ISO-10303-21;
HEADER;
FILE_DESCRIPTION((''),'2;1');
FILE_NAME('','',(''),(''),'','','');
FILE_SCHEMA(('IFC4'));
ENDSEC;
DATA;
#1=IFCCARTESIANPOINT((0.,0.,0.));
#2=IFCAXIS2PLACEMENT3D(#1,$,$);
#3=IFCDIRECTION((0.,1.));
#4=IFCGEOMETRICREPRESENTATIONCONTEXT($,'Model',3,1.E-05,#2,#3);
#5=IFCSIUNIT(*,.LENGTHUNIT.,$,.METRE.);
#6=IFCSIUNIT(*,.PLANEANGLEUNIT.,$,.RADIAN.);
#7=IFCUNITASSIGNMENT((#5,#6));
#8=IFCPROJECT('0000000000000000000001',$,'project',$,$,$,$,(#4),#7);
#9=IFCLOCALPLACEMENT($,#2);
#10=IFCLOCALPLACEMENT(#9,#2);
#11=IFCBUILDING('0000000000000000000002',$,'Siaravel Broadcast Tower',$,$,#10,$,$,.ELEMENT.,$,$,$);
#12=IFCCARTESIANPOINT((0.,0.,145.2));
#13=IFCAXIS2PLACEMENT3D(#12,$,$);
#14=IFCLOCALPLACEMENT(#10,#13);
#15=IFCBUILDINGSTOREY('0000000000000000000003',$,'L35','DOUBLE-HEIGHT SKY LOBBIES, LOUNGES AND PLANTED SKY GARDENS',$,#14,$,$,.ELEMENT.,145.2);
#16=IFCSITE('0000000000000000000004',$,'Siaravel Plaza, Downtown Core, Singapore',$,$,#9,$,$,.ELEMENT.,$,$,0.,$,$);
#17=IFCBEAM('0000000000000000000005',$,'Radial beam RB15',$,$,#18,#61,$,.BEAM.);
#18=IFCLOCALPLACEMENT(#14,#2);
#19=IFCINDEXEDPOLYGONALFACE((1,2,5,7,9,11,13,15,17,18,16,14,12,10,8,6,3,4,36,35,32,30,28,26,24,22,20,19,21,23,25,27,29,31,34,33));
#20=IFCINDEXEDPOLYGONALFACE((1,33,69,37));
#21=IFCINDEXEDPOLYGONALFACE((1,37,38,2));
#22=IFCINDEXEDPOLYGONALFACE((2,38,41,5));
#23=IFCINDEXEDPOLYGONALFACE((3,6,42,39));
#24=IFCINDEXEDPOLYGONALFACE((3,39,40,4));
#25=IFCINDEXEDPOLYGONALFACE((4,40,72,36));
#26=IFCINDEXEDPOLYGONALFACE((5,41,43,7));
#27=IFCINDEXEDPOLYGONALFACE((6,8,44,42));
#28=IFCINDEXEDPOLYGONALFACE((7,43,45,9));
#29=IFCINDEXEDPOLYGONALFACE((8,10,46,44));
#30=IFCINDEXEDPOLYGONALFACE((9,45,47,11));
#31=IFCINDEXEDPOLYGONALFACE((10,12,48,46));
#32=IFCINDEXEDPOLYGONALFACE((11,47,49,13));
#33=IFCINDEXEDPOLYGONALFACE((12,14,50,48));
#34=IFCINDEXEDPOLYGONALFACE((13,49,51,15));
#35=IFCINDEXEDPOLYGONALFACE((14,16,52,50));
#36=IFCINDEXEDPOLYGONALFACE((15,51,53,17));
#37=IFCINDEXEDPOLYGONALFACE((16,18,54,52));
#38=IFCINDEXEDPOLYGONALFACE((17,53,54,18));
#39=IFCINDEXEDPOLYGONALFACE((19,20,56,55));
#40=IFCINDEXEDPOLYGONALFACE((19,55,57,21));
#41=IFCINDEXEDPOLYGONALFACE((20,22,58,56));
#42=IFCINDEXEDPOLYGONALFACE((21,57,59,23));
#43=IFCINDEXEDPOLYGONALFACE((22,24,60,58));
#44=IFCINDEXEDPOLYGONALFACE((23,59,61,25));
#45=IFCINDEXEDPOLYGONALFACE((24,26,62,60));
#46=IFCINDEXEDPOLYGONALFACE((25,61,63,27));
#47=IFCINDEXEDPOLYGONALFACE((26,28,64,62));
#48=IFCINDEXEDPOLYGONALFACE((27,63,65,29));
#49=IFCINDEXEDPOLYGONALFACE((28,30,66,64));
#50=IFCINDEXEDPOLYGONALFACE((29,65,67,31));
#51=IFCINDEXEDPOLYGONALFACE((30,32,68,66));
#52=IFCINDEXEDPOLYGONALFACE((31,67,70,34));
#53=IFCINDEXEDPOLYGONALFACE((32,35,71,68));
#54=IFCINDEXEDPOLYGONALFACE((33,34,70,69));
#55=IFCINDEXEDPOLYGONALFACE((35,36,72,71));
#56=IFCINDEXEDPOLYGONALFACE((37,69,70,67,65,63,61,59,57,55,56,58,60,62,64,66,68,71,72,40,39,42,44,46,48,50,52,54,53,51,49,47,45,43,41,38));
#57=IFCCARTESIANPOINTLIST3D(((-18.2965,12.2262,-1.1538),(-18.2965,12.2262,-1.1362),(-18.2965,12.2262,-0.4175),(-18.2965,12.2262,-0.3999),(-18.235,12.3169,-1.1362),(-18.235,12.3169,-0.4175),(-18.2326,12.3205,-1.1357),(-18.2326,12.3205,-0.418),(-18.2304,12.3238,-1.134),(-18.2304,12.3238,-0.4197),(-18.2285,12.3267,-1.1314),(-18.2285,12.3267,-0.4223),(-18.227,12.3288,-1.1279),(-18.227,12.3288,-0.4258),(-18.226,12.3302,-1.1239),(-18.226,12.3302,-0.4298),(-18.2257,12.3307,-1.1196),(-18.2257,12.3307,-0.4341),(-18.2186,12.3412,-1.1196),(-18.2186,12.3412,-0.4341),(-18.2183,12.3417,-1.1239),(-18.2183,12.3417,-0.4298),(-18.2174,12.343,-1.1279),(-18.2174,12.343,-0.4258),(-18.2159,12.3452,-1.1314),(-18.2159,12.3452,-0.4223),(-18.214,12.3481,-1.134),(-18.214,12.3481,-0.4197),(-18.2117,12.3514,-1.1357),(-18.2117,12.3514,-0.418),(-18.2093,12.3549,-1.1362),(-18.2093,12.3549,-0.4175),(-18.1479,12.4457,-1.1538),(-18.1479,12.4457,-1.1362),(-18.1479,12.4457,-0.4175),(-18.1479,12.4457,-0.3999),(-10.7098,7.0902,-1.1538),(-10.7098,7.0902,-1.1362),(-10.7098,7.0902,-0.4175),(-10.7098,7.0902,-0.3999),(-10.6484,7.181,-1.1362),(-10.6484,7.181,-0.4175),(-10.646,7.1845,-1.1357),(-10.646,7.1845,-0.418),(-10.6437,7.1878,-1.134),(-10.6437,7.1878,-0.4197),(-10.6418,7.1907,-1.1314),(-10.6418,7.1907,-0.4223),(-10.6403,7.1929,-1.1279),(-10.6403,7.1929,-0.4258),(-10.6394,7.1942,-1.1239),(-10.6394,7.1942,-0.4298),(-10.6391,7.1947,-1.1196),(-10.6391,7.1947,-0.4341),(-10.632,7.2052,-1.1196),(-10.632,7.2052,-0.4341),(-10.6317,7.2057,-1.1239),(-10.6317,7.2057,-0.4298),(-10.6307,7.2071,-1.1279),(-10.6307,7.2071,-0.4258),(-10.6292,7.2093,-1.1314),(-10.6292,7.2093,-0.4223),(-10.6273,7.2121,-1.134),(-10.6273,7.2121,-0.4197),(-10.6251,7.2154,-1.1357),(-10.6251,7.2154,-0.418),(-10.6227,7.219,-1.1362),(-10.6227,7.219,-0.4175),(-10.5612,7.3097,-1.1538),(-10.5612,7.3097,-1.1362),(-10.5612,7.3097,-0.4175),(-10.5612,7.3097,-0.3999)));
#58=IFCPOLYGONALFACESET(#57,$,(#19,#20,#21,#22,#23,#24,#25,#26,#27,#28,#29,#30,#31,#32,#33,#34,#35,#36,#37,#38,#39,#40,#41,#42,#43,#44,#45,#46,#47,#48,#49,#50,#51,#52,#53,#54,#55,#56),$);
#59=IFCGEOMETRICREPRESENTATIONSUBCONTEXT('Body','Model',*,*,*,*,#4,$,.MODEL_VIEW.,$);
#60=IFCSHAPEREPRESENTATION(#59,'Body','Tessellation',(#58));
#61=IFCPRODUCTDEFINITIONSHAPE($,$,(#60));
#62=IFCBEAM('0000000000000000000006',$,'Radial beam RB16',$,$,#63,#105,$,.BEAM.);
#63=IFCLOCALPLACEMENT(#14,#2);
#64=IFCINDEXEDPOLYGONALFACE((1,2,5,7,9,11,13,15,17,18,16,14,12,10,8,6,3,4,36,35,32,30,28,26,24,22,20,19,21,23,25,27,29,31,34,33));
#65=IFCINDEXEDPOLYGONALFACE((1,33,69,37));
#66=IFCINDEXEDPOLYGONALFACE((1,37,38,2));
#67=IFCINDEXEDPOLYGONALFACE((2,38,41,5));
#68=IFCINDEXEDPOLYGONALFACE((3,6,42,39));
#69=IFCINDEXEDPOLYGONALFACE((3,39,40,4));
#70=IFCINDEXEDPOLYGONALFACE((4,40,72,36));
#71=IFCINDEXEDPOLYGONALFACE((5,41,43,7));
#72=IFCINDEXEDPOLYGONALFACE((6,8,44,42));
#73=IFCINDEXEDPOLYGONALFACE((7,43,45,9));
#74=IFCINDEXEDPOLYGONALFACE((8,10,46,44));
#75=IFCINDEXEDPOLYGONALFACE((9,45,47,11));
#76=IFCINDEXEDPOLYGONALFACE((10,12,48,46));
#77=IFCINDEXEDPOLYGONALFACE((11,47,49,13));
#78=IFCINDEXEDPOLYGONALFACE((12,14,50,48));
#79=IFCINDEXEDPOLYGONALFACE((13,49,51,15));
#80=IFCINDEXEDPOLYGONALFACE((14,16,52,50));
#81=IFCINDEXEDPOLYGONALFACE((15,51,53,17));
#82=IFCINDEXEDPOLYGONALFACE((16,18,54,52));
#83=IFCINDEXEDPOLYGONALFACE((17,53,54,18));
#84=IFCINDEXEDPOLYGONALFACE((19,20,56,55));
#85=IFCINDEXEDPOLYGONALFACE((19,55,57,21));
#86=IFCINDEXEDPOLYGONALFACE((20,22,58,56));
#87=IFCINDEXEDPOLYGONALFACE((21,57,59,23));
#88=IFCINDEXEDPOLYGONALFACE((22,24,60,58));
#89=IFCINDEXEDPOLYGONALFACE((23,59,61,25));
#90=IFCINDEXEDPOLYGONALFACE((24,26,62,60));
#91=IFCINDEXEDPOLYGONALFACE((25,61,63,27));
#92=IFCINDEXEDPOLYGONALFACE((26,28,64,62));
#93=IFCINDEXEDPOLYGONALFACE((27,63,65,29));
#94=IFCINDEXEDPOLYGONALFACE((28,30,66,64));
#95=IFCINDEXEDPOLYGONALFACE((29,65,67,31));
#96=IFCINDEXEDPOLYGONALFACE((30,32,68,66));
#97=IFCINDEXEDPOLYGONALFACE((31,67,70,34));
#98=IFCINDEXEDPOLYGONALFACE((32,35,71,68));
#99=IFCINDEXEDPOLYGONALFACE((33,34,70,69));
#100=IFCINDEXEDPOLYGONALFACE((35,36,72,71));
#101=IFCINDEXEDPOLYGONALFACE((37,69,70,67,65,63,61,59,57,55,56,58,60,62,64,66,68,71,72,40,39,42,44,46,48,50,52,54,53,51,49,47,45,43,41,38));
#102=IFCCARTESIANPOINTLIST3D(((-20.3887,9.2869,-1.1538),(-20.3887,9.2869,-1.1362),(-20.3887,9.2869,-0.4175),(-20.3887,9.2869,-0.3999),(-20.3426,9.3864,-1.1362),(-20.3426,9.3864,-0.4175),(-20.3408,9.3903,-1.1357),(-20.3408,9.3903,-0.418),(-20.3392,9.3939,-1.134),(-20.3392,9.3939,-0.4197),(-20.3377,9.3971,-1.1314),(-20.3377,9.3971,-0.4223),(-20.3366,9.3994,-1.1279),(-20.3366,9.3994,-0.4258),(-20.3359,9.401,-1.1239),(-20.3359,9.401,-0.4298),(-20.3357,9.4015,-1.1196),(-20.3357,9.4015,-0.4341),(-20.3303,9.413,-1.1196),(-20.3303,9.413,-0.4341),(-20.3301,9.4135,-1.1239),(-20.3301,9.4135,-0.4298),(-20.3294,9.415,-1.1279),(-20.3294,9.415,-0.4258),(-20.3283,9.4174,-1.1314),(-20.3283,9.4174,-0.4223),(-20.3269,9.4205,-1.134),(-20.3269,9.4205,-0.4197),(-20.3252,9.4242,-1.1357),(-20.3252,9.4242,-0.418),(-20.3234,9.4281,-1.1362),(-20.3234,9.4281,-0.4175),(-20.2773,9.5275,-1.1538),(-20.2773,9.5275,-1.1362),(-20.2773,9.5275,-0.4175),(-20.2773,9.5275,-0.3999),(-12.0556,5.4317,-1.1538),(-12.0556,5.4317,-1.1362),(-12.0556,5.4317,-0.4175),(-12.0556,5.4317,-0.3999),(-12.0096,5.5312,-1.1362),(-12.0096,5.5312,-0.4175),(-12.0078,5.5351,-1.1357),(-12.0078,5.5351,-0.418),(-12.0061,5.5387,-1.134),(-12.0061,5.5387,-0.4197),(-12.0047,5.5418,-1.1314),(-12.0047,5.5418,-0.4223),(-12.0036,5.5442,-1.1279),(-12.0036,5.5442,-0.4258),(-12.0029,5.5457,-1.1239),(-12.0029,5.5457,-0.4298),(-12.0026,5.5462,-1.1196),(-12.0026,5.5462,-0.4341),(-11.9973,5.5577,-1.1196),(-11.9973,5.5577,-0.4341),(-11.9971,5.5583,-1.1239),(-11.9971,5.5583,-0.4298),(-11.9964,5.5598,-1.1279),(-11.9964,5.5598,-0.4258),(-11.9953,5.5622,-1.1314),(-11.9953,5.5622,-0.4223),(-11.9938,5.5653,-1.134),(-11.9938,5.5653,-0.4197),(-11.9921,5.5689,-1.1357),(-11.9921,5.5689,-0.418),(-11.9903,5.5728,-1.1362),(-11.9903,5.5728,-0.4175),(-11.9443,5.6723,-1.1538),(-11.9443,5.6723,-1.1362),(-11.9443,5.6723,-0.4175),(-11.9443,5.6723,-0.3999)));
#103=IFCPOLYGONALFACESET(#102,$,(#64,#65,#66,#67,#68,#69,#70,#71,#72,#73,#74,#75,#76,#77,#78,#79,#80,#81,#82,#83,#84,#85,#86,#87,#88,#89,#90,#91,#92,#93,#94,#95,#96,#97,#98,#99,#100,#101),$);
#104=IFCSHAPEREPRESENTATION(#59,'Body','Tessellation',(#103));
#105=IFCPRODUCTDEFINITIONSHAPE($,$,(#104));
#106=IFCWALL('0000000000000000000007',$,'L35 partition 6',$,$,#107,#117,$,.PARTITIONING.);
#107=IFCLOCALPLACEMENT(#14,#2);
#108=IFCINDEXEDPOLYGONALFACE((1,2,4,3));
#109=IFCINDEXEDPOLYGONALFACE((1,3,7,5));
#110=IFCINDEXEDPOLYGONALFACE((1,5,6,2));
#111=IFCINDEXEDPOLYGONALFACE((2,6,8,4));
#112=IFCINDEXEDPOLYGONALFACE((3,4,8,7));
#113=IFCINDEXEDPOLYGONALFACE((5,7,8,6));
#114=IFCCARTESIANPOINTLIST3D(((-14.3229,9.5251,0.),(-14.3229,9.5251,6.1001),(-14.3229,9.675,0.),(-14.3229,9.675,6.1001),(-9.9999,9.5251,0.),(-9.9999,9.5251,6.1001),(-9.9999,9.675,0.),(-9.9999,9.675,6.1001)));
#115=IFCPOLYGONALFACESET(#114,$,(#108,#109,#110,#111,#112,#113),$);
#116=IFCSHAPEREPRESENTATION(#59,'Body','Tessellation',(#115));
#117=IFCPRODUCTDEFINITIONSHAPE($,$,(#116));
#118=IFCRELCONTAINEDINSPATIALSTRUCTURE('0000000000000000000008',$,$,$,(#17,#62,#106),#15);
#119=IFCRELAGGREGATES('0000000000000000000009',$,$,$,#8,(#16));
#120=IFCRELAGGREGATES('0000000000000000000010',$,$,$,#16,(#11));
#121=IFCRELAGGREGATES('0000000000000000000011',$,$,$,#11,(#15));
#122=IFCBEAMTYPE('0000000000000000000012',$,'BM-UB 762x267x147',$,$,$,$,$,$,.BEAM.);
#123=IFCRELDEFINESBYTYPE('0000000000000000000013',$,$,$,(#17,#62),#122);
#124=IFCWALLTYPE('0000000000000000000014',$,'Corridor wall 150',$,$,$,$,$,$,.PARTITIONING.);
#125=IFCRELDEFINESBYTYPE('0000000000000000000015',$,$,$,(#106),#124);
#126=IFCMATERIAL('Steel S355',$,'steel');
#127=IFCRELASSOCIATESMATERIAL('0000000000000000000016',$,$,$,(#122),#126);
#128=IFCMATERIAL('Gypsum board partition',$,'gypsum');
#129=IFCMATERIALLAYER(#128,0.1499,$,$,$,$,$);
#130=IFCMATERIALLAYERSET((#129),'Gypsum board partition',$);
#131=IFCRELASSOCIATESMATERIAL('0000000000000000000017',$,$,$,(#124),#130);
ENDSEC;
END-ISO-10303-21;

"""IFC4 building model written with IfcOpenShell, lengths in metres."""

from ifc_helpers import new_model, si_unit, direction, frame, frame_2d, origin, origin_2d, place, context, subcontext, project, spatial, rectangle, i_section, extrude, material, layer, layer_set, material_profile, profile_set, type_object, element, save


model = new_model("IFC4")

# Units and contexts
model_context = context("Model", 3, precision=1e-05, world=origin(), true_north=direction((0.0, 1.0)))
body_context = subcontext(model_context, "Body", "Model", "MODEL_VIEW")
ifc_project = project(units=[si_unit("LENGTHUNIT", "METRE"), si_unit("PLANEANGLEUNIT", "RADIAN")], contexts=[model_context])

# Site, building, storey
site_placement = place(None, origin())
site = spatial("IfcSite", under=ifc_project, at=site_placement, Name="Siaravel Plaza, Downtown Core, Singapore", CompositionType="ELEMENT", RefElevation=0.0)
building_placement = place(site_placement, origin())
building = spatial("IfcBuilding", under=site, at=building_placement, Name="Siaravel Broadcast Tower", CompositionType="ELEMENT")
storey_placement = place(building_placement, frame((0.0, 0.0, 145.2)))
storey = spatial("IfcBuildingStorey", under=building, at=storey_placement, Name="L35", Description="DOUBLE-HEIGHT SKY LOBBIES, LOUNGES AND PLANTED SKY GARDENS", CompositionType="ELEMENT", Elevation=145.2)

# Beams
ifc_material_1 = material(Name="Steel S355", Category="steel")
ifc_material_profile_1 = material_profile(ifc_material_1, i_section(OverallWidth=0.2651, OverallDepth=0.7539, WebThickness=0.0127, FlangeThickness=0.0176, FilletRadius=0.0166, at=origin_2d()))
ifc_profile_set_1 = profile_set([ifc_material_profile_1], Name="Steel S355")
beam_type = type_object("IfcBeamType", Name="BM-UB 762x267x147", PredefinedType="BEAM", material=ifc_profile_set_1)
beam_1_placement = place(storey_placement, frame((-18.2222, 12.3359, -0.7769), z_axis=(0.828089, -0.560596, 0.0), x_axis=(0.560596, 0.828089, 0.0)))
element("IfcBeam", 1, at=beam_1_placement, inside=storey, type_object=beam_type, Name="Radial beam RB15", PredefinedType="BEAM", context=body_context, shape_type="SweptSolid", body=[
    extrude(i_section(OverallWidth=0.2651, OverallDepth=0.7539, WebThickness=0.0127, FlangeThickness=0.0176, FilletRadius=0.0166, at=origin_2d()), origin(), (0.0, 0.0, 1.0), 9.1616),
])
beam_2_placement = place(storey_placement, frame((-20.333, 9.4072, -0.7769), z_axis=(0.907577, -0.419886, 0.0), x_axis=(0.419886, 0.907577, 0.0)))
element("IfcBeam", 2, at=beam_2_placement, inside=storey, type_object=beam_type, Name="Radial beam RB16", PredefinedType="BEAM", context=body_context, shape_type="SweptSolid", body=[
    extrude(i_section(OverallWidth=0.2651, OverallDepth=0.7539, WebThickness=0.0127, FlangeThickness=0.0176, FilletRadius=0.0166, at=origin_2d()), origin(), (0.0, 0.0, 1.0), 9.1816),
])

# Wall
ifc_material_2 = material(Name="Gypsum board partition", Category="gypsum")
ifc_layer_1 = layer(ifc_material_2, 0.1499)
ifc_layer_set_1 = layer_set([ifc_layer_1], Name="Gypsum board partition")
wall_type_1 = type_object("IfcWallType", Name="Corridor wall 150", PredefinedType="PARTITIONING", material=ifc_layer_set_1)
wall_1_placement = place(storey_placement, frame((-14.323, 9.6001, 0.0), z_axis=(0.0, 0.0, 1.0), x_axis=(1.0, 0.0, 0.0)))
element("IfcWall", 3, at=wall_1_placement, inside=storey, type_object=wall_type_1, Name="L35 partition 6", PredefinedType="PARTITIONING", context=body_context, shape_type="SweptSolid", body=[
    extrude(rectangle(XDim=4.323, YDim=0.1499, at=frame_2d((2.1616, 0.0))), origin(), (0.0, 0.0, 1.0), 6.1001),
])

save(model, "model.ifc")
